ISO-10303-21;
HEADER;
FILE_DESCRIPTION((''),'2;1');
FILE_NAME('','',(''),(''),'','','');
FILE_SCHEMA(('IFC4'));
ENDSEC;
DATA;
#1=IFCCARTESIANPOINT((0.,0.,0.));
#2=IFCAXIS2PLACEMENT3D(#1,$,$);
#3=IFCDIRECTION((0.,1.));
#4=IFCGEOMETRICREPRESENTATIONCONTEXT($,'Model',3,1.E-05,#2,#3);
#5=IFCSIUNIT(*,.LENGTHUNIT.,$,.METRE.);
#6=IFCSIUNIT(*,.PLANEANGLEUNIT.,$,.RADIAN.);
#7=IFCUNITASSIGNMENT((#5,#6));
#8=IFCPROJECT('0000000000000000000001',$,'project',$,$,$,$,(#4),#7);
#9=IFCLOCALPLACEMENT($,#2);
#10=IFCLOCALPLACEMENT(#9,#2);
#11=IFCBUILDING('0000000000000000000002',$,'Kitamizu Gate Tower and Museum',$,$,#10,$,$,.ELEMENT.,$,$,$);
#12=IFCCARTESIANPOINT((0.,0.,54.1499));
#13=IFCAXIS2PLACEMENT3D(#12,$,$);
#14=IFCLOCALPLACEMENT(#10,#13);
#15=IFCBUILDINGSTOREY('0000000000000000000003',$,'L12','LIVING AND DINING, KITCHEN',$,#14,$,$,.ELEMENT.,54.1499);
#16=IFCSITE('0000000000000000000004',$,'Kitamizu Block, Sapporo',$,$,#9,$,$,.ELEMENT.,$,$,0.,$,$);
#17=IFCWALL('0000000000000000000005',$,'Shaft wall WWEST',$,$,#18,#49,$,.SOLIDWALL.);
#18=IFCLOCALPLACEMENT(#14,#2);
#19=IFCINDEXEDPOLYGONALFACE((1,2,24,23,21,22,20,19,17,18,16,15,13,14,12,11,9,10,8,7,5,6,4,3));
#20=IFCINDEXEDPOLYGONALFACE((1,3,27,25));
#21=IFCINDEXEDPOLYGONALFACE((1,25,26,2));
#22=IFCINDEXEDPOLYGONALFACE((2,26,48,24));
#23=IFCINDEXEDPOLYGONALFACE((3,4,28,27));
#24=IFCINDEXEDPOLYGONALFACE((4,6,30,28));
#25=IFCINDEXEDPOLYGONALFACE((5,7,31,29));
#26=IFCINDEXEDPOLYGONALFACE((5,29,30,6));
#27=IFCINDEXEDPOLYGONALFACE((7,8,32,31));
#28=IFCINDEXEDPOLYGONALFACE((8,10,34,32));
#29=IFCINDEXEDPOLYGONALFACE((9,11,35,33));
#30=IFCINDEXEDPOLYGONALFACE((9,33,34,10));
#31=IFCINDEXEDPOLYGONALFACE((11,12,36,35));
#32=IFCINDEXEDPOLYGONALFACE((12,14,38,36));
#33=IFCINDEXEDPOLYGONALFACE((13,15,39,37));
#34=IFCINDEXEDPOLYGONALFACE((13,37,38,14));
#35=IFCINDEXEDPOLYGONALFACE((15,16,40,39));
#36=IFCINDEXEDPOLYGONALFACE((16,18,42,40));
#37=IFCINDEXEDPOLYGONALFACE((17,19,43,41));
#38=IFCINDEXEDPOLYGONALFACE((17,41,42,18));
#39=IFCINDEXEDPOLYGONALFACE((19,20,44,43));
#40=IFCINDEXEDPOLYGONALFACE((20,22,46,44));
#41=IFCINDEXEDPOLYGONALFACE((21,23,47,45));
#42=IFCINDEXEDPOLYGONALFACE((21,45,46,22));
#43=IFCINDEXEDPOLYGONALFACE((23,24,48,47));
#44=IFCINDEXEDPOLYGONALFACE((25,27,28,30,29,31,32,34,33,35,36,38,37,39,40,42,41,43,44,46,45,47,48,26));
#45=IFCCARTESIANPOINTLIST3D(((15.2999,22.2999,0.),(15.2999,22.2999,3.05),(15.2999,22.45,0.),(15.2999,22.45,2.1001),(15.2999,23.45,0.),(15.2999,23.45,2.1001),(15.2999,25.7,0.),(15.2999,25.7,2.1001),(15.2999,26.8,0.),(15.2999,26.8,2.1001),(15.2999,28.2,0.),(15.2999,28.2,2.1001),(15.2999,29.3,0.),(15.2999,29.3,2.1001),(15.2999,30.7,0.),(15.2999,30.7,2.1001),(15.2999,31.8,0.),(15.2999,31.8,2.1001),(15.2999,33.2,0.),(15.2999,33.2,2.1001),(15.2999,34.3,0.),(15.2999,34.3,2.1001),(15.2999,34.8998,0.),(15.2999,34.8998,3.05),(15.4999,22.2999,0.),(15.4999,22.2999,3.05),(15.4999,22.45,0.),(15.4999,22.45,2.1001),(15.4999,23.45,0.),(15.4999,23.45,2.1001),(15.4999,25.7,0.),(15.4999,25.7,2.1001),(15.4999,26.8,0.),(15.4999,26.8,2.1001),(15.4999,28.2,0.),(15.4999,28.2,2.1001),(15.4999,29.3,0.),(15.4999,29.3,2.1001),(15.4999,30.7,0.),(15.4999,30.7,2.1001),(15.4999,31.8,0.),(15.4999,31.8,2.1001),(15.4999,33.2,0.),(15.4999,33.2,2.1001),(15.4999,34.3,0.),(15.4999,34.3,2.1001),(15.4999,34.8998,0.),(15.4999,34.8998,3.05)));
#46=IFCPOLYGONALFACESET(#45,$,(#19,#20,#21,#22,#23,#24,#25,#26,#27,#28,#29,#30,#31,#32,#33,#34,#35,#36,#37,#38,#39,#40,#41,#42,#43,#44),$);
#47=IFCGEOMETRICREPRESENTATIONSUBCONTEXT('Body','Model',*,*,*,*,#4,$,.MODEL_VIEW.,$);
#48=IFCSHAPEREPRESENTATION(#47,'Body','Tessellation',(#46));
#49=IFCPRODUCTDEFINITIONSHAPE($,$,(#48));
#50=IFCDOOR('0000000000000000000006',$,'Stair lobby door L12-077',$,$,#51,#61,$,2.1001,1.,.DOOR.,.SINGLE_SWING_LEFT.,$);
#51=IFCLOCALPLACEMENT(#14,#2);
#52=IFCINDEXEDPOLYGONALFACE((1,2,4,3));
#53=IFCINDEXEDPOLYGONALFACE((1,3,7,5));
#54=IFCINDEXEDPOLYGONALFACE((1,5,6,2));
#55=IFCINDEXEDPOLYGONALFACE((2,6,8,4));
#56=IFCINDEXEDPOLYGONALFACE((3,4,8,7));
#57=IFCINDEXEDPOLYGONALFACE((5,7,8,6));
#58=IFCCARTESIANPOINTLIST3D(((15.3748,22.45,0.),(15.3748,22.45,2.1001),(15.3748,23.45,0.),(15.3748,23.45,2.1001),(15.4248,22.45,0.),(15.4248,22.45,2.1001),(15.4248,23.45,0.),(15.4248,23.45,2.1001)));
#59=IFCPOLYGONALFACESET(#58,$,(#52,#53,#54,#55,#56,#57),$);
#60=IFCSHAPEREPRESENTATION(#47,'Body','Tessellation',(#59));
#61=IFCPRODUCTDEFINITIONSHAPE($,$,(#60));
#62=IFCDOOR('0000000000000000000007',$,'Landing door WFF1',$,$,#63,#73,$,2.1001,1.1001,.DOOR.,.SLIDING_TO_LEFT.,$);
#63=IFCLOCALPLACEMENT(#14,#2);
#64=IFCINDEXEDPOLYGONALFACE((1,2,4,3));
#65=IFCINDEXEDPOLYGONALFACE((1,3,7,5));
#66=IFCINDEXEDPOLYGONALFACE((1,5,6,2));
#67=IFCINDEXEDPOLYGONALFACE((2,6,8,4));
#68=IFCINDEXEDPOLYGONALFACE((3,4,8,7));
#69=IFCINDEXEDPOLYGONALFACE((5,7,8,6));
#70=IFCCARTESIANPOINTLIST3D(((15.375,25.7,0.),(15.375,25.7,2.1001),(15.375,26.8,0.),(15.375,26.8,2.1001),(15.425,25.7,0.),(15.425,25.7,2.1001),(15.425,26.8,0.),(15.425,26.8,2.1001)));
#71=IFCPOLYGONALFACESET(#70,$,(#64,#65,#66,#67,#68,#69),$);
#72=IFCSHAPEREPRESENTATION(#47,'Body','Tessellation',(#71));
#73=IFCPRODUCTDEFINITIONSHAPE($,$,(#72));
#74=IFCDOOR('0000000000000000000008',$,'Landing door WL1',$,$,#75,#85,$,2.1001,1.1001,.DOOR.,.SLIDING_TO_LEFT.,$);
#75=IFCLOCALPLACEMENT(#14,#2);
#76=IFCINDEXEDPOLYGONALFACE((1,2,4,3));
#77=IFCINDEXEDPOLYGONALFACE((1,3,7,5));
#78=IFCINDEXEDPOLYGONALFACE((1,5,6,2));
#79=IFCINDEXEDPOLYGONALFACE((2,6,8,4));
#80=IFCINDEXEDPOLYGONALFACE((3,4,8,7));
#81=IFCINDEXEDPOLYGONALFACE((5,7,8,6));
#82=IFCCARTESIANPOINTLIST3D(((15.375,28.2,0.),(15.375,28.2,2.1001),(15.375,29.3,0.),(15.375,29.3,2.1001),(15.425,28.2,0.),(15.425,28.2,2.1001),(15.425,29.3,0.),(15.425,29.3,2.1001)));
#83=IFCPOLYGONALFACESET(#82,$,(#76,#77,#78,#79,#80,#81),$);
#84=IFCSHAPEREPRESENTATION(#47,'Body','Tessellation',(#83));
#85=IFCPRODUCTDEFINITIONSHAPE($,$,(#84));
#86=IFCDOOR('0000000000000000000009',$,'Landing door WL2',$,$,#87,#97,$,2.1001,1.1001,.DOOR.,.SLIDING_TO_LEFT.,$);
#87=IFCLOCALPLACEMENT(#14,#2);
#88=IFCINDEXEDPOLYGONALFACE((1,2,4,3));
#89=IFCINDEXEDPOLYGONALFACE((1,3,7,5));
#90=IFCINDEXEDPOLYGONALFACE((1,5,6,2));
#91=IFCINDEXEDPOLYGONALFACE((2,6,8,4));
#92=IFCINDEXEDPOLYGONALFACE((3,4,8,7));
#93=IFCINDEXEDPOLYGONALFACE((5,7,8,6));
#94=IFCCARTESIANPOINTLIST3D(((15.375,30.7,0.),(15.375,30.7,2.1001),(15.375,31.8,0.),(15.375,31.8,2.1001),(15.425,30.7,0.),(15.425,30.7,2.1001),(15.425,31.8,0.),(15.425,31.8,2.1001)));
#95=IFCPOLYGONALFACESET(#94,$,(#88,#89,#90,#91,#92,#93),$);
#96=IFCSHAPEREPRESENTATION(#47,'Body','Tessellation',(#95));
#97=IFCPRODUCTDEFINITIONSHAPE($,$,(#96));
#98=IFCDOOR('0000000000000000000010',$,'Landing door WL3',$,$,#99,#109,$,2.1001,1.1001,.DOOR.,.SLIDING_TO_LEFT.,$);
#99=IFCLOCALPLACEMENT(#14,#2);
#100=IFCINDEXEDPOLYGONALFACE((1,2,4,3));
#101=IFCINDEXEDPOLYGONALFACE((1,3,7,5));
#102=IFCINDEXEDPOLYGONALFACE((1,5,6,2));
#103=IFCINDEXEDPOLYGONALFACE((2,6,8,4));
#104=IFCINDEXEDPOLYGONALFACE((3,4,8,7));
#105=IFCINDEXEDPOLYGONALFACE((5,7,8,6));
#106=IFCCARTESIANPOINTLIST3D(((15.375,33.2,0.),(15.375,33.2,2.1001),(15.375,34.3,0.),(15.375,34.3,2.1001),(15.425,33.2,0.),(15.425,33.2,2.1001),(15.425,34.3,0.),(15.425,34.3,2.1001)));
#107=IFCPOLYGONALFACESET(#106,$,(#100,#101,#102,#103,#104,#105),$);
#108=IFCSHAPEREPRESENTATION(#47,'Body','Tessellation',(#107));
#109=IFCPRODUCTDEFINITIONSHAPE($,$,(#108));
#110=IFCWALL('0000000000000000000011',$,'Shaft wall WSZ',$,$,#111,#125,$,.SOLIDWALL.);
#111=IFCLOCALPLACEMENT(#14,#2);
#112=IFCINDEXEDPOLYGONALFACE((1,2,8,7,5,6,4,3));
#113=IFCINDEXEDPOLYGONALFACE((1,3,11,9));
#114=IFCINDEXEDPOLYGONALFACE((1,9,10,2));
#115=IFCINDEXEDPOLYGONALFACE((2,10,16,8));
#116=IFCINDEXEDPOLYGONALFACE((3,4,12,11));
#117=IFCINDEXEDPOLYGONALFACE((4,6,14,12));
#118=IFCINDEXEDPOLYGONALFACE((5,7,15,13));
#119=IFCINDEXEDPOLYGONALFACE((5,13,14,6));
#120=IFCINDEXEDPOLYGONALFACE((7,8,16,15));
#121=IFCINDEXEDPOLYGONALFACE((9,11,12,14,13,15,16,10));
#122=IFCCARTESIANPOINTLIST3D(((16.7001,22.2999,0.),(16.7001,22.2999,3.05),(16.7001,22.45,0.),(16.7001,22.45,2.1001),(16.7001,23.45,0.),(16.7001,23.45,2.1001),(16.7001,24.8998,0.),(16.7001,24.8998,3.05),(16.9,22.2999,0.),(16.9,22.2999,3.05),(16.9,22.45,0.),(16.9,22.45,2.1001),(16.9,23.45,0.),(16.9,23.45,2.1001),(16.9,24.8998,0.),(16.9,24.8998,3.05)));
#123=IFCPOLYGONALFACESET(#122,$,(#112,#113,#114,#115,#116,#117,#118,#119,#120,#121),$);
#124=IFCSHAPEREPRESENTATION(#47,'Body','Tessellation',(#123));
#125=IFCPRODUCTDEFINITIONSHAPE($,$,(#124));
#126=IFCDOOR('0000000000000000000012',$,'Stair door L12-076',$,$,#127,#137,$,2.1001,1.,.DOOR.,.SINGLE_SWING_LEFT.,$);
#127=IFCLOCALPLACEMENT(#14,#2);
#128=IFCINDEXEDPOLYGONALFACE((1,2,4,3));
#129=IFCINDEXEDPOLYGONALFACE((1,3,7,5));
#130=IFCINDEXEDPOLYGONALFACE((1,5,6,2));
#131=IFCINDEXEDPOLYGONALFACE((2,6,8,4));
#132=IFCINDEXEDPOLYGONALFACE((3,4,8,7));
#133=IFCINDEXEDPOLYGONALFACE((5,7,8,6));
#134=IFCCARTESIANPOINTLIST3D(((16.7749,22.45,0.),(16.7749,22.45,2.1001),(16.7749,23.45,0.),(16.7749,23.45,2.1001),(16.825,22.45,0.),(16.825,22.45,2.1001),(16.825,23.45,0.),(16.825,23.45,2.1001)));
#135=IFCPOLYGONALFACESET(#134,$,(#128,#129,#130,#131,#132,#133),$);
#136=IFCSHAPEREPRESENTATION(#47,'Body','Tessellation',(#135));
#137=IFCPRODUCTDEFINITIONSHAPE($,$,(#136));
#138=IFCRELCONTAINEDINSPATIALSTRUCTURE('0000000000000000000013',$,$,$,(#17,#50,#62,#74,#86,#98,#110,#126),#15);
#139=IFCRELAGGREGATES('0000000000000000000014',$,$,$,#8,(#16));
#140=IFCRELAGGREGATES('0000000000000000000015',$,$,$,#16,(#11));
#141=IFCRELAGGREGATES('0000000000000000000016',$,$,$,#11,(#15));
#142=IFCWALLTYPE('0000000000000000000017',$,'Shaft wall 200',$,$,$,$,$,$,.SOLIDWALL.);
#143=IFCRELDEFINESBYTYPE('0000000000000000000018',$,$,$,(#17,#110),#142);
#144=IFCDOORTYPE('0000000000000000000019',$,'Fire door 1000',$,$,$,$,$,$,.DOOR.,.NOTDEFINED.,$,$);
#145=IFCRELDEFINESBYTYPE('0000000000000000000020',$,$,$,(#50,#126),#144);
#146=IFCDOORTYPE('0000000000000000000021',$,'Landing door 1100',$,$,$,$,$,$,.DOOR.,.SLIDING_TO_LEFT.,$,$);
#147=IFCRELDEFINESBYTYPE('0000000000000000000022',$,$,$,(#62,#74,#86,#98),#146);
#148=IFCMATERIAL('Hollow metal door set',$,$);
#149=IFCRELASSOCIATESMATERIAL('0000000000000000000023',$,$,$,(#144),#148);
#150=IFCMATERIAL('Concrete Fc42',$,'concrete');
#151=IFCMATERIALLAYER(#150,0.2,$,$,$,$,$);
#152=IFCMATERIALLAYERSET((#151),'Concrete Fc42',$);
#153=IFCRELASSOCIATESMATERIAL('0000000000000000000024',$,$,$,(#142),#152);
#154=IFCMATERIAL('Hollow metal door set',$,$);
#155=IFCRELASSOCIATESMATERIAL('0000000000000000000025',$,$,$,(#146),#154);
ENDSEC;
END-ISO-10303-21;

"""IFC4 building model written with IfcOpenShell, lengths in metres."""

from ifc_helpers import new_model, si_unit, direction, frame, frame_2d, origin, place, context, subcontext, project, spatial, rectangle, extrude, material, layer, layer_set, type_object, element, fill, save


model = new_model("IFC4")

# Units and contexts
model_context = context("Model", 3, precision=1e-05, world=origin(), true_north=direction((0.0, 1.0)))
body_context = subcontext(model_context, "Body", "Model", "MODEL_VIEW")
ifc_project = project(units=[si_unit("LENGTHUNIT", "METRE"), si_unit("PLANEANGLEUNIT", "RADIAN")], contexts=[model_context])

# Site, building, storey
site_placement = place(None, origin())
site = spatial("IfcSite", under=ifc_project, at=site_placement, Name="Kitamizu Block, Sapporo", CompositionType="ELEMENT", RefElevation=0.0)
building_placement = place(site_placement, origin())
building = spatial("IfcBuilding", under=site, at=building_placement, Name="Kitamizu Gate Tower and Museum", CompositionType="ELEMENT")
storey_placement = place(building_placement, frame((0.0, 0.0, 54.1499)))
storey = spatial("IfcBuildingStorey", under=building, at=storey_placement, Name="L12", Description="LIVING AND DINING, KITCHEN", CompositionType="ELEMENT", Elevation=54.1499)

# Shared definitions
ifc_material_1 = material(Name="Hollow metal door set")
door_type_1 = type_object("IfcDoorType", Name="Fire door 1000", OperationType="NOTDEFINED", PredefinedType="DOOR", material=ifc_material_1)

# Wall, openings, doors
ifc_material_2 = material(Name="Concrete Fc42", Category="concrete")
ifc_layer_1 = layer(ifc_material_2, 0.2)
ifc_layer_set_1 = layer_set([ifc_layer_1], Name="Concrete Fc42")
wall_type_1 = type_object("IfcWallType", Name="Shaft wall 200", PredefinedType="SOLIDWALL", material=ifc_layer_set_1)
wall_1_placement = place(storey_placement, frame((15.3999, 22.3, 0.0), z_axis=(0.0, 0.0, 1.0), x_axis=(0.0, 1.0, 0.0)))
wall_1 = element("IfcWall", 1, at=wall_1_placement, inside=storey, type_object=wall_type_1, Name="Shaft wall WWEST", PredefinedType="SOLIDWALL", context=body_context, shape_type="SweptSolid", body=[
    extrude(rectangle(XDim=12.5999, YDim=0.2, at=frame_2d((6.2998, 0.0))), origin(), (0.0, 0.0, 1.0), 3.05),
])
opening_1_placement = place(wall_1_placement, frame((3.3999, 0.0, 0.0)))
opening_1 = element("IfcOpeningElement", 2, at=opening_1_placement, cuts=wall_1, PredefinedType="OPENING", context=body_context, shape_type="SweptSolid", body=[
    extrude(rectangle(XDim=1.1001, YDim=2.1001, at=frame_2d((0.55, 1.05))), frame((0.0, 0.1099, 0.0), z_axis=(0.0, -1.0, 0.0), x_axis=(1.0, 0.0, 0.0)), (0.0, 0.0, 1.0), 0.22),
])
opening_2_placement = place(wall_1_placement, frame((5.8999, 0.0, 0.0)))
opening_2 = element("IfcOpeningElement", 3, at=opening_2_placement, cuts=wall_1, PredefinedType="OPENING", context=body_context, shape_type="SweptSolid", body=[
    extrude(rectangle(XDim=1.1001, YDim=2.1001, at=frame_2d((0.55, 1.05))), frame((0.0, 0.1099, 0.0), z_axis=(0.0, -1.0, 0.0), x_axis=(1.0, 0.0, 0.0)), (0.0, 0.0, 1.0), 0.22),
])
opening_3_placement = place(wall_1_placement, frame((8.3999, 0.0, 0.0)))
opening_3 = element("IfcOpeningElement", 4, at=opening_3_placement, cuts=wall_1, PredefinedType="OPENING", context=body_context, shape_type="SweptSolid", body=[
    extrude(rectangle(XDim=1.1001, YDim=2.1001, at=frame_2d((0.55, 1.05))), frame((0.0, 0.1099, 0.0), z_axis=(0.0, -1.0, 0.0), x_axis=(1.0, 0.0, 0.0)), (0.0, 0.0, 1.0), 0.22),
])
opening_4_placement = place(wall_1_placement, frame((10.8999, 0.0, 0.0)))
opening_4 = element("IfcOpeningElement", 5, at=opening_4_placement, cuts=wall_1, PredefinedType="OPENING", context=body_context, shape_type="SweptSolid", body=[
    extrude(rectangle(XDim=1.1001, YDim=2.1001, at=frame_2d((0.55, 1.05))), frame((0.0, 0.1099, 0.0), z_axis=(0.0, -1.0, 0.0), x_axis=(1.0, 0.0, 0.0)), (0.0, 0.0, 1.0), 0.22),
])
opening_5_placement = place(wall_1_placement, frame((0.1499, 0.0, 0.0)))
opening_5 = element("IfcOpeningElement", 6, at=opening_5_placement, cuts=wall_1, PredefinedType="OPENING", context=body_context, shape_type="SweptSolid", body=[
    extrude(rectangle(XDim=1.0, YDim=2.1001, at=frame_2d((0.5, 1.05))), frame((0.0, 0.1099, 0.0), z_axis=(0.0, -1.0, 0.0), x_axis=(1.0, 0.0, 0.0)), (0.0, 0.0, 1.0), 0.22),
])
door_1_placement = place(opening_5_placement, frame((1.0, 0.0, 0.0), x_axis=(-1.0, 0.0, 0.0)))
door_1 = element("IfcDoor", 7, at=door_1_placement, inside=storey, type_object=door_type_1, Name="Stair lobby door L12-077", OperationType="SINGLE_SWING_LEFT", OverallHeight=2.1001, OverallWidth=1.0, PredefinedType="DOOR", context=body_context, shape_type="SweptSolid", body=[
    extrude(rectangle(XDim=1.0, YDim=2.1001, at=frame_2d((0.5, 1.05))), frame((0.0, 0.0249, 0.0), z_axis=(0.0, -1.0, 0.0), x_axis=(1.0, 0.0, 0.0)), (0.0, 0.0, 1.0), 0.05),
])
fill(opening_5, door_1)
ifc_material_3 = material(Name="Hollow metal door set")
door_type_2 = type_object("IfcDoorType", Name="Landing door 1100", OperationType="SLIDING_TO_LEFT", PredefinedType="DOOR", material=ifc_material_3)
door_2_placement = place(opening_1_placement, origin())
door_2 = element("IfcDoor", 8, at=door_2_placement, inside=storey, type_object=door_type_2, Name="Landing door WFF1", OperationType="SLIDING_TO_LEFT", OverallHeight=2.1001, OverallWidth=1.1001, PredefinedType="DOOR", context=body_context, shape_type="SweptSolid", body=[
    extrude(rectangle(XDim=1.1001, YDim=2.1001, at=frame_2d((0.55, 1.05))), frame((0.0, 0.0249, 0.0), z_axis=(0.0, -1.0, 0.0), x_axis=(1.0, 0.0, 0.0)), (0.0, 0.0, 1.0), 0.05),
])
fill(opening_1, door_2)
door_3_placement = place(opening_2_placement, origin())
door_3 = element("IfcDoor", 9, at=door_3_placement, inside=storey, type_object=door_type_2, Name="Landing door WL1", OperationType="SLIDING_TO_LEFT", OverallHeight=2.1001, OverallWidth=1.1001, PredefinedType="DOOR", context=body_context, shape_type="SweptSolid", body=[
    extrude(rectangle(XDim=1.1001, YDim=2.1001, at=frame_2d((0.55, 1.05))), frame((0.0, 0.0249, 0.0), z_axis=(0.0, -1.0, 0.0), x_axis=(1.0, 0.0, 0.0)), (0.0, 0.0, 1.0), 0.05),
])
fill(opening_2, door_3)
door_4_placement = place(opening_3_placement, origin())
door_4 = element("IfcDoor", 10, at=door_4_placement, inside=storey, type_object=door_type_2, Name="Landing door WL2", OperationType="SLIDING_TO_LEFT", OverallHeight=2.1001, OverallWidth=1.1001, PredefinedType="DOOR", context=body_context, shape_type="SweptSolid", body=[
    extrude(rectangle(XDim=1.1001, YDim=2.1001, at=frame_2d((0.55, 1.05))), frame((0.0, 0.0249, 0.0), z_axis=(0.0, -1.0, 0.0), x_axis=(1.0, 0.0, 0.0)), (0.0, 0.0, 1.0), 0.05),
])
fill(opening_3, door_4)
door_5_placement = place(opening_4_placement, origin())
door_5 = element("IfcDoor", 11, at=door_5_placement, inside=storey, type_object=door_type_2, Name="Landing door WL3", OperationType="SLIDING_TO_LEFT", OverallHeight=2.1001, OverallWidth=1.1001, PredefinedType="DOOR", context=body_context, shape_type="SweptSolid", body=[
    extrude(rectangle(XDim=1.1001, YDim=2.1001, at=frame_2d((0.55, 1.05))), frame((0.0, 0.0249, 0.0), z_axis=(0.0, -1.0, 0.0), x_axis=(1.0, 0.0, 0.0)), (0.0, 0.0, 1.0), 0.05),
])
fill(opening_4, door_5)

# Wall, opening, door
wall_2_placement = place(storey_placement, frame((16.8, 22.3, 0.0), z_axis=(0.0, 0.0, 1.0), x_axis=(0.0, 1.0, 0.0)))
wall_2 = element("IfcWall", 12, at=wall_2_placement, inside=storey, type_object=wall_type_1, Name="Shaft wall WSZ", PredefinedType="SOLIDWALL", context=body_context, shape_type="SweptSolid", body=[
    extrude(rectangle(XDim=2.5999, YDim=0.2, at=frame_2d((1.2998, 0.0))), origin(), (0.0, 0.0, 1.0), 3.05),
])
opening_6_placement = place(wall_2_placement, frame((0.1499, 0.0, 0.0)))
opening_6 = element("IfcOpeningElement", 13, at=opening_6_placement, cuts=wall_2, PredefinedType="OPENING", context=body_context, shape_type="SweptSolid", body=[
    extrude(rectangle(XDim=1.0, YDim=2.1001, at=frame_2d((0.5, 1.05))), frame((0.0, 0.1099, 0.0), z_axis=(0.0, -1.0, 0.0), x_axis=(1.0, 0.0, 0.0)), (0.0, 0.0, 1.0), 0.22),
])
door_6_placement = place(opening_6_placement, frame((1.0, 0.0, 0.0), x_axis=(-1.0, 0.0, 0.0)))
door_6 = element("IfcDoor", 14, at=door_6_placement, inside=storey, type_object=door_type_1, Name="Stair door L12-076", OperationType="SINGLE_SWING_LEFT", OverallHeight=2.1001, OverallWidth=1.0, PredefinedType="DOOR", context=body_context, shape_type="SweptSolid", body=[
    extrude(rectangle(XDim=1.0, YDim=2.1001, at=frame_2d((0.5, 1.05))), frame((0.0, 0.0249, 0.0), z_axis=(0.0, -1.0, 0.0), x_axis=(1.0, 0.0, 0.0)), (0.0, 0.0, 1.0), 0.05),
])
fill(opening_6, door_6)

save(model, "model.ifc")
